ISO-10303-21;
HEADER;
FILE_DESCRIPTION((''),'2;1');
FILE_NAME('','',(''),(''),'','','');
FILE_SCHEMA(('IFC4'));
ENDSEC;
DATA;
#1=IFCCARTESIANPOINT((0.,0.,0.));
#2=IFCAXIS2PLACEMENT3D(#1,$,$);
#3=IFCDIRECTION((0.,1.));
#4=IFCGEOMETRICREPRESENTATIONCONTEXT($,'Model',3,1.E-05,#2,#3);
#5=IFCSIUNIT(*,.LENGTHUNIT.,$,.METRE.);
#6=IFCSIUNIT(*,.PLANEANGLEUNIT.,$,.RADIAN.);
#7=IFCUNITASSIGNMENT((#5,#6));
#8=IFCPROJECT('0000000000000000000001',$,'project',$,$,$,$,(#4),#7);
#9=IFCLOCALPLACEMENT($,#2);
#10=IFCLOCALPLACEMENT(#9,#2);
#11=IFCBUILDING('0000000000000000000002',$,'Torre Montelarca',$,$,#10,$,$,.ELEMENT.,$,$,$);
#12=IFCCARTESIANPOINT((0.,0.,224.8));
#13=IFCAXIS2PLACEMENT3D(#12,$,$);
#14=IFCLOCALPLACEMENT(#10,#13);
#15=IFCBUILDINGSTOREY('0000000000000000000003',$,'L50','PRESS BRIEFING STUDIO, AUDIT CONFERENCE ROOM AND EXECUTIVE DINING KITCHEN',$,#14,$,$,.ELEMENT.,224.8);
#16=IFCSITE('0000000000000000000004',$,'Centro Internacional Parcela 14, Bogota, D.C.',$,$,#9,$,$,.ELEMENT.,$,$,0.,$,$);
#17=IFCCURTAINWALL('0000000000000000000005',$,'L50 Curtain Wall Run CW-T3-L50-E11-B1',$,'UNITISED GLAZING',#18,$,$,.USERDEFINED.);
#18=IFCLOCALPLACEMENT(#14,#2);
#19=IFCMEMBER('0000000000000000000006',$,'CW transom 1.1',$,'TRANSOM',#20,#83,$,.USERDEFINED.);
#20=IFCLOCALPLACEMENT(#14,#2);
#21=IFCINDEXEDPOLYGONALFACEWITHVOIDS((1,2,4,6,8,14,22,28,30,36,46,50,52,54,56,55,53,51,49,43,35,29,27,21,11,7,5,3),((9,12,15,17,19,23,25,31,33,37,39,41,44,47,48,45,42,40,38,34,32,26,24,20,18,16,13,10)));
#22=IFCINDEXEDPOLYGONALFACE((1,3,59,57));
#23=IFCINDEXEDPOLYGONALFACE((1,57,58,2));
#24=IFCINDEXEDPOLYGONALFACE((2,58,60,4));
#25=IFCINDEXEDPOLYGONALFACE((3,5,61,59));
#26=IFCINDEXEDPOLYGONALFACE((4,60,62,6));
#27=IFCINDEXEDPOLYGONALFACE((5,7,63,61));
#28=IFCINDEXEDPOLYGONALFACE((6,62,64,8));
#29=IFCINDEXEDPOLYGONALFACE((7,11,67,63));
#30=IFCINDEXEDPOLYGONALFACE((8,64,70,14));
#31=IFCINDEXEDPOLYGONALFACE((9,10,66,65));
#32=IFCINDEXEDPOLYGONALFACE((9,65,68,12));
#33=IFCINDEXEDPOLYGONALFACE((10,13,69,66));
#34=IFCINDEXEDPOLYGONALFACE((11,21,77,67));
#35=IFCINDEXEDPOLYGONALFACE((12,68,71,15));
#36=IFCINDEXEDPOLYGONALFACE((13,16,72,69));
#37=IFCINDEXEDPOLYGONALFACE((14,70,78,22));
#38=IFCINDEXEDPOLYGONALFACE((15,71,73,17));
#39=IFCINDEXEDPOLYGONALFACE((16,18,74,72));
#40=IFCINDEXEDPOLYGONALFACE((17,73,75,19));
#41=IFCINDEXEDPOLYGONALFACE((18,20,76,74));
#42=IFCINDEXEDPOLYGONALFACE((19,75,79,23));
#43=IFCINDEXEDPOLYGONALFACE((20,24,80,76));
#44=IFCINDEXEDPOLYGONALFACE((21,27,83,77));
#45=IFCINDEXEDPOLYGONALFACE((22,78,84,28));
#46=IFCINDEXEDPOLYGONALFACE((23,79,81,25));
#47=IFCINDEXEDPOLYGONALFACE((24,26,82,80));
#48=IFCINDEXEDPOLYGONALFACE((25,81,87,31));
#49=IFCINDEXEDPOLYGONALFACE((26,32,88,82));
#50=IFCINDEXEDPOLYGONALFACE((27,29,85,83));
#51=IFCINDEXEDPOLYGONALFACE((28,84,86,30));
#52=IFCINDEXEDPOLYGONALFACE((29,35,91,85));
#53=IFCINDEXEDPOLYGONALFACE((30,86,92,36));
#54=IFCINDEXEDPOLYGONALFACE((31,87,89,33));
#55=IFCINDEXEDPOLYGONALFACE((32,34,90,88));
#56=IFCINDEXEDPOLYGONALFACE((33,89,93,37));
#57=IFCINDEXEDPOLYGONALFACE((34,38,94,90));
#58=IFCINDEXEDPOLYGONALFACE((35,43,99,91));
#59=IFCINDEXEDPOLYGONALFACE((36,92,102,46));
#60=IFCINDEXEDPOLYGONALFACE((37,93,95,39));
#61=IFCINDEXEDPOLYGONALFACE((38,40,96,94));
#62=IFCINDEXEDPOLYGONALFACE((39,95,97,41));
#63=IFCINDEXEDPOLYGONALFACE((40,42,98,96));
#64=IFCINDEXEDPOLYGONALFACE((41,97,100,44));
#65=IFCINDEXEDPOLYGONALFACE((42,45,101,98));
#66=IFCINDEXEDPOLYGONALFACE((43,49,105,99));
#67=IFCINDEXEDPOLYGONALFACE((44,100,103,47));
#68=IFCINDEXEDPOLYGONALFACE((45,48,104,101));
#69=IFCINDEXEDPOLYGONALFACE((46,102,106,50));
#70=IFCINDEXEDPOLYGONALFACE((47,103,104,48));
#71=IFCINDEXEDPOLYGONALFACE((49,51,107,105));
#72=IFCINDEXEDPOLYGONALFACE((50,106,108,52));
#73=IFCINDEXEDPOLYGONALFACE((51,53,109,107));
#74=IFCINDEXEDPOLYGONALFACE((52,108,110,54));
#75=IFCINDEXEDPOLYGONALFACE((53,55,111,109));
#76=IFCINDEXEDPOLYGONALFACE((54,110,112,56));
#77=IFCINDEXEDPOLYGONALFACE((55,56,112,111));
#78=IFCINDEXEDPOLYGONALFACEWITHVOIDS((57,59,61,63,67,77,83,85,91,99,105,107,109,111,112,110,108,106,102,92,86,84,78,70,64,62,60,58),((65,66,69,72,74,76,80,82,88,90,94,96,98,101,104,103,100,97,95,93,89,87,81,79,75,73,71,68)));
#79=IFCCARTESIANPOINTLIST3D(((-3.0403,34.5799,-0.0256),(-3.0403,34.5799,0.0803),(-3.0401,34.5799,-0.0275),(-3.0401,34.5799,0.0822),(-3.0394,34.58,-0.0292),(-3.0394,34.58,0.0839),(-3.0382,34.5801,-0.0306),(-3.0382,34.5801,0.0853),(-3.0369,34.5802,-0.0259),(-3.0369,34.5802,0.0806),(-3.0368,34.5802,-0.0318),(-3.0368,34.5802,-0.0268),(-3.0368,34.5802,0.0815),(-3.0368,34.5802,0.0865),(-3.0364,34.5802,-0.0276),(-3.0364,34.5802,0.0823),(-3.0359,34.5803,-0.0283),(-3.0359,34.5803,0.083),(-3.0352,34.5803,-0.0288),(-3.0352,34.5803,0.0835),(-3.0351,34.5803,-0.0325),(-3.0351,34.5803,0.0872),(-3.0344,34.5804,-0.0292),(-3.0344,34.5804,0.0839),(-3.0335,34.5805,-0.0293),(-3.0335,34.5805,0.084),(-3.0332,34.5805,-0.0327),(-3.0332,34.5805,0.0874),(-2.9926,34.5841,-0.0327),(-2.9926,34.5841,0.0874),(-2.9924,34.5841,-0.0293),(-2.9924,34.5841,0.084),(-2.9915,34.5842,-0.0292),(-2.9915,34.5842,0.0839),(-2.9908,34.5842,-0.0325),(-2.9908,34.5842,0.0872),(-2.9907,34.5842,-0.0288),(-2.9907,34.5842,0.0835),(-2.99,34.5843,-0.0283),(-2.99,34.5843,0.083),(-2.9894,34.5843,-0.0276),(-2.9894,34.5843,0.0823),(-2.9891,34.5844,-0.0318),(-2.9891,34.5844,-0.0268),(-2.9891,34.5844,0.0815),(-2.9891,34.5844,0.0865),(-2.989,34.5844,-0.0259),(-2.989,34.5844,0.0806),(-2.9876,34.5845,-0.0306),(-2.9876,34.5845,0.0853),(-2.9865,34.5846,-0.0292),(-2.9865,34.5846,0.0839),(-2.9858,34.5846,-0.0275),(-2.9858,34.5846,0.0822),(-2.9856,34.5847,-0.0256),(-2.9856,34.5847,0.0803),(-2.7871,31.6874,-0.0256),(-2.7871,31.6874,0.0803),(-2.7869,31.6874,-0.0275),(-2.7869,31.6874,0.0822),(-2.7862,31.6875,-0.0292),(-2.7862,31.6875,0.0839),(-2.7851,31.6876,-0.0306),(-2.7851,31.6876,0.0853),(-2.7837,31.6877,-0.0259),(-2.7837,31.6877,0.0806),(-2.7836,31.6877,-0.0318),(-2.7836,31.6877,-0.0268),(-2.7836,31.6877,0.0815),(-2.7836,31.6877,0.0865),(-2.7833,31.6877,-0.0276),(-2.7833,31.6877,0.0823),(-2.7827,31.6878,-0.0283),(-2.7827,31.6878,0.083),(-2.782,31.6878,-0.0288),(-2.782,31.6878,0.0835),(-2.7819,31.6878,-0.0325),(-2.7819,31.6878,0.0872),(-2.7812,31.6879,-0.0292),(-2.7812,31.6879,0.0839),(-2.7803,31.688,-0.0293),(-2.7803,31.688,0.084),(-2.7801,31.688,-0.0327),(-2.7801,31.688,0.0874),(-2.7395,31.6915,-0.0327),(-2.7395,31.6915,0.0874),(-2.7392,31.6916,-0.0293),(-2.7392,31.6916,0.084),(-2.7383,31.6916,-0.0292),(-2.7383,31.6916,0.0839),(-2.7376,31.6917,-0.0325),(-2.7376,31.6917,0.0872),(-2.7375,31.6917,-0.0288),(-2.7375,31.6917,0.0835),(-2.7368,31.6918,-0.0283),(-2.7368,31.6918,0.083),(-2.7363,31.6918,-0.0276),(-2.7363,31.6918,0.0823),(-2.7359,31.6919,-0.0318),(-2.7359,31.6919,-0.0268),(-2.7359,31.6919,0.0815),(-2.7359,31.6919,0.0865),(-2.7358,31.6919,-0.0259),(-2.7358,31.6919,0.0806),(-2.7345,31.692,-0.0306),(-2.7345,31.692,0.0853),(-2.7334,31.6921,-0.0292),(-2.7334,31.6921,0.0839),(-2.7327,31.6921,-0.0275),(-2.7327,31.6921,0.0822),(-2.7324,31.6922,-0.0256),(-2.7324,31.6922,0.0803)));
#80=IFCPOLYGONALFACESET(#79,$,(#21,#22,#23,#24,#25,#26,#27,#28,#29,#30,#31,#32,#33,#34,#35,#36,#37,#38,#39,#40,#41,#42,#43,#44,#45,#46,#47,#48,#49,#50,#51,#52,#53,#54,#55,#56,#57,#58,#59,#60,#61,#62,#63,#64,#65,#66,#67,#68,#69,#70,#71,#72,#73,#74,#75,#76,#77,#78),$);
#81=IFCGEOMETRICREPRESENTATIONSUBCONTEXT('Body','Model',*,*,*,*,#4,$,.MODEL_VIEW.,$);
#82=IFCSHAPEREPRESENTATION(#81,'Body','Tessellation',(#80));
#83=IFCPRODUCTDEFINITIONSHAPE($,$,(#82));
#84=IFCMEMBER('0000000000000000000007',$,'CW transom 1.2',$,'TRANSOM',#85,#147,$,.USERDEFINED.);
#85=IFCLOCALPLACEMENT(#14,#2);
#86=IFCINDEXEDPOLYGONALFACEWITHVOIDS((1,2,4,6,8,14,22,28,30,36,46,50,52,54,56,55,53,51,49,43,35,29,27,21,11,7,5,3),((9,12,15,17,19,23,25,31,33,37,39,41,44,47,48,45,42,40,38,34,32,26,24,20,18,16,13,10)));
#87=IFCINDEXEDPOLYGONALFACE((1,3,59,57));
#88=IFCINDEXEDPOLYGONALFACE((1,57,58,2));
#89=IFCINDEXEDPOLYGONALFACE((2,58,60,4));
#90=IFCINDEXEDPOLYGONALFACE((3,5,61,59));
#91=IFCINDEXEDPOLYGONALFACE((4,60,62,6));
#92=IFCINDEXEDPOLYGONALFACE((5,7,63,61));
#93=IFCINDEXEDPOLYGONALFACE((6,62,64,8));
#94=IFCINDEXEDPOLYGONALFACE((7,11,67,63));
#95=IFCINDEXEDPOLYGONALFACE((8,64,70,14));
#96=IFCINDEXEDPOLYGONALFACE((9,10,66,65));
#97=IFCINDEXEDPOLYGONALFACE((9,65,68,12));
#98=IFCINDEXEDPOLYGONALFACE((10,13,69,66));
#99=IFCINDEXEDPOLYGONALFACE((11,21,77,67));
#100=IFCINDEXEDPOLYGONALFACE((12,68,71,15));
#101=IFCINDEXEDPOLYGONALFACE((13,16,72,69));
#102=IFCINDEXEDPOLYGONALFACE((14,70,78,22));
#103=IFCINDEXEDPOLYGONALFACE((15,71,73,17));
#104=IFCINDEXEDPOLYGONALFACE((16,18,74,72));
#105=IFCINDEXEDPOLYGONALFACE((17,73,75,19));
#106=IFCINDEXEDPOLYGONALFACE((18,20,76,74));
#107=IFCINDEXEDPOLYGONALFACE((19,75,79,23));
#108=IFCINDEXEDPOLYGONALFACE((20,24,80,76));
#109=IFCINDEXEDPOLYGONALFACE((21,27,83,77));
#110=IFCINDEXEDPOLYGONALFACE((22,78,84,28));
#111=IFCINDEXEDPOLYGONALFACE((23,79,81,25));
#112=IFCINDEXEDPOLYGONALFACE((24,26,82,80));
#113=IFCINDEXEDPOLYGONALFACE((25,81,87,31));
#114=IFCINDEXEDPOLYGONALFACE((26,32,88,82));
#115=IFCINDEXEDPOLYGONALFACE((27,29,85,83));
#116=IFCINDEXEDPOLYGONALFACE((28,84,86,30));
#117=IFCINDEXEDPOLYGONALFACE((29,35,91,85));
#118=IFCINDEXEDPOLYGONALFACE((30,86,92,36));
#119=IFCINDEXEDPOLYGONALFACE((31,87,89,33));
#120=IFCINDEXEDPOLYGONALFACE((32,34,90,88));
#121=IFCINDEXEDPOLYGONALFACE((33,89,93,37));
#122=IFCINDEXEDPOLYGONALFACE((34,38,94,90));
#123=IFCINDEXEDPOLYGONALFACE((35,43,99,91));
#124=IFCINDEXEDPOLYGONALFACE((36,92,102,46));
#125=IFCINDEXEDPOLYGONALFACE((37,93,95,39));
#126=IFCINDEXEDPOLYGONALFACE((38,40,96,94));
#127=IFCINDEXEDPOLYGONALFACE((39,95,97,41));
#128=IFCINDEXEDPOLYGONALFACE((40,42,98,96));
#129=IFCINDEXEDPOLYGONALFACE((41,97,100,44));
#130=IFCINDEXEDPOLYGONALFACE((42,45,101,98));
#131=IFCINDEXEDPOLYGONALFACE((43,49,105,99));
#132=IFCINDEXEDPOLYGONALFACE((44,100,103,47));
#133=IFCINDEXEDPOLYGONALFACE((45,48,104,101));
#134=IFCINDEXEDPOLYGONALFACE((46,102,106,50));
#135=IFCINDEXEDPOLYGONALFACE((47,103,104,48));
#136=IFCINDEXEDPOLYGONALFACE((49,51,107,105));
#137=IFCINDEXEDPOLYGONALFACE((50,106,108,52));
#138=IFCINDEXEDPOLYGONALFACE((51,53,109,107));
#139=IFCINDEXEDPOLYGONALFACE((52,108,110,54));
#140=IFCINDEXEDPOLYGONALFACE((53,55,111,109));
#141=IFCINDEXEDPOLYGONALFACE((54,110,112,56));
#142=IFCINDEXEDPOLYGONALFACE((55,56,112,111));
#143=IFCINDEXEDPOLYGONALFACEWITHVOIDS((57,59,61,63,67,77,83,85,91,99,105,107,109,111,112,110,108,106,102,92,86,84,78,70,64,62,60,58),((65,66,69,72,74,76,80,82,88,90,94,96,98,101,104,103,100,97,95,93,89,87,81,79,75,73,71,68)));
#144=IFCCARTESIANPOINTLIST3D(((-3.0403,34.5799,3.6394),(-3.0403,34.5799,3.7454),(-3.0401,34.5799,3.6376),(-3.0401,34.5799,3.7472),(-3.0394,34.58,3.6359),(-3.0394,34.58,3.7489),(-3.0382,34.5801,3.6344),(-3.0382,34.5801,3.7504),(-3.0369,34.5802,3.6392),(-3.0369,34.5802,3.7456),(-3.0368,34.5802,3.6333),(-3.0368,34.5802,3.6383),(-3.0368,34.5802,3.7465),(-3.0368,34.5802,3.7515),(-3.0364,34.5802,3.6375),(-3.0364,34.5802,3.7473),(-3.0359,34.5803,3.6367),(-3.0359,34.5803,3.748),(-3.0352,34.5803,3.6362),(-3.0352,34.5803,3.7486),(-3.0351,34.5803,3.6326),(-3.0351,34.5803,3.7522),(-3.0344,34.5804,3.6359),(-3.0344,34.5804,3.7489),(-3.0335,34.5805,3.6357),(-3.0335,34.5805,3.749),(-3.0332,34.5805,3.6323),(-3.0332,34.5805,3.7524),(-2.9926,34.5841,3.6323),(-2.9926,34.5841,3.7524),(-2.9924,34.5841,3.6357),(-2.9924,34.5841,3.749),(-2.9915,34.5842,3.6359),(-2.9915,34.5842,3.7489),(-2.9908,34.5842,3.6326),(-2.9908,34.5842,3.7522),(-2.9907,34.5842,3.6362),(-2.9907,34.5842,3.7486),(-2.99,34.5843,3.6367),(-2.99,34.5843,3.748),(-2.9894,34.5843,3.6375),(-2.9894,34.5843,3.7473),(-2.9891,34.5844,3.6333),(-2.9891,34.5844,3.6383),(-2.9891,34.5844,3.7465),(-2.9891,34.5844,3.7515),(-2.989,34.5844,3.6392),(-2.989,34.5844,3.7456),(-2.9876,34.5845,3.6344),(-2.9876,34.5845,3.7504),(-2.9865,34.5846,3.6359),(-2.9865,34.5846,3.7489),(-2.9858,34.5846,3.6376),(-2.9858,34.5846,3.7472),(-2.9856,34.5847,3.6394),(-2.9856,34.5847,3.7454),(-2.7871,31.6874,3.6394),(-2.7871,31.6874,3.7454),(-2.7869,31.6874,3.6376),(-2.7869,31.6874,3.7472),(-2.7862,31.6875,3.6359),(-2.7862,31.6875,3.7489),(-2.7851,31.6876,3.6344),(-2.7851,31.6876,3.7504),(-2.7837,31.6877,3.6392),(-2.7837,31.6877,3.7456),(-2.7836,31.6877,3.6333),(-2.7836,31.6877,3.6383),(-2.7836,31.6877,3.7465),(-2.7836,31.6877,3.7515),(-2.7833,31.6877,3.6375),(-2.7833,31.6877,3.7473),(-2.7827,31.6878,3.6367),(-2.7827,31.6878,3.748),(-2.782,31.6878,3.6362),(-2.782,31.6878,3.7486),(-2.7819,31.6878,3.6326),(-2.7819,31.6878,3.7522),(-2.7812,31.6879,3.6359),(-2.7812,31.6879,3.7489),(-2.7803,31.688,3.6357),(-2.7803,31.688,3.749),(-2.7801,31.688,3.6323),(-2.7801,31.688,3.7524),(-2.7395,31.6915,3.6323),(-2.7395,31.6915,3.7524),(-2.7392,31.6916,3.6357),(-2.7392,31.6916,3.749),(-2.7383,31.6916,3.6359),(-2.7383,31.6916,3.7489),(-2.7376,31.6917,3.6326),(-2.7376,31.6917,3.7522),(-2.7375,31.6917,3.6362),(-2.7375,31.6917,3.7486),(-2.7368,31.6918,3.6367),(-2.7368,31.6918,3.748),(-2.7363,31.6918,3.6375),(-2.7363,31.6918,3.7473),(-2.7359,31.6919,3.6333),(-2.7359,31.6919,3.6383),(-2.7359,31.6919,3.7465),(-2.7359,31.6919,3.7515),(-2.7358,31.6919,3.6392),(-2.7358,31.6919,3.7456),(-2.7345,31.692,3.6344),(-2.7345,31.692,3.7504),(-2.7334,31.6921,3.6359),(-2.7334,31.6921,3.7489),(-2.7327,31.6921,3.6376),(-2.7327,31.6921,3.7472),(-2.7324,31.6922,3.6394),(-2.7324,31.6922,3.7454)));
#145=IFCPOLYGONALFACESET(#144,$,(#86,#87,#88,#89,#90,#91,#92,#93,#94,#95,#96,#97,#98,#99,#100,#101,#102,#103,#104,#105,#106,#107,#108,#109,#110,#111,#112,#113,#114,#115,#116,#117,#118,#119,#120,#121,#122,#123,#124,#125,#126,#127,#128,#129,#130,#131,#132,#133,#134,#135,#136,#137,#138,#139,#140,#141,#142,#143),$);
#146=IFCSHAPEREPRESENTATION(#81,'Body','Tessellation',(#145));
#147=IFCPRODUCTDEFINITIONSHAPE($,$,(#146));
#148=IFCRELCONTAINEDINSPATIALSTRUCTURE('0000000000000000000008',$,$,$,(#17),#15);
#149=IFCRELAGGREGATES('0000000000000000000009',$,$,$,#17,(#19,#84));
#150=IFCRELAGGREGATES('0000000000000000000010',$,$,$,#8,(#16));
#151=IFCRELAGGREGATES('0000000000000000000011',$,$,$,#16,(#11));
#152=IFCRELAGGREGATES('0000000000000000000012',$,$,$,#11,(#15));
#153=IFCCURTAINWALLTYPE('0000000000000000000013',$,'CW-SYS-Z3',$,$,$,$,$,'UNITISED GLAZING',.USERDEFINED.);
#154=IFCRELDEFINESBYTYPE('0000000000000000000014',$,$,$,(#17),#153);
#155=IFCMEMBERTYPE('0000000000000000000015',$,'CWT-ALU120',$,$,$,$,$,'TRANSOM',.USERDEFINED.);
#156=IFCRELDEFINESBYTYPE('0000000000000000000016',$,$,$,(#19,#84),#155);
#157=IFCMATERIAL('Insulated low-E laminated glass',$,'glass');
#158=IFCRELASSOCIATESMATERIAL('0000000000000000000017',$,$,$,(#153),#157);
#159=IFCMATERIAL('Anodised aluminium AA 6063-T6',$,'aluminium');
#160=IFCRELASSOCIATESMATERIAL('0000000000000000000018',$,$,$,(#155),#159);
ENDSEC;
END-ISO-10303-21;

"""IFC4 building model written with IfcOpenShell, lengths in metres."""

from ifc_helpers import new_model, si_unit, direction, frame, origin, origin_2d, place, context, subcontext, project, spatial, hollow_rectangle, extrude, source, transform, mapped, material, material_profile, profile_set, type_object, element, aggregate, save


model = new_model("IFC4")

# Units and contexts
model_context = context("Model", 3, precision=1e-05, world=origin(), true_north=direction((0.0, 1.0)))
body_context = subcontext(model_context, "Body", "Model", "MODEL_VIEW")
ifc_project = project(units=[si_unit("LENGTHUNIT", "METRE"), si_unit("PLANEANGLEUNIT", "RADIAN")], contexts=[model_context])

# Site, building, storey
site_placement = place(None, origin())
site = spatial("IfcSite", under=ifc_project, at=site_placement, Name="Centro Internacional Parcela 14, Bogota, D.C.", CompositionType="ELEMENT", RefElevation=0.0)
building_placement = place(site_placement, origin())
building = spatial("IfcBuilding", under=site, at=building_placement, Name="Torre Montelarca", CompositionType="ELEMENT")
storey_placement = place(building_placement, frame((0.0, 0.0, 224.8)))
storey = spatial("IfcBuildingStorey", under=building, at=storey_placement, Name="L50", Description="PRESS BRIEFING STUDIO, AUDIT CONFERENCE ROOM AND EXECUTIVE DINING KITCHEN", CompositionType="ELEMENT", Elevation=224.8)

# Curtain wall, members
ifc_material_1 = material(Name="Insulated low-E laminated glass", Category="glass")
curtain_wall_type = type_object("IfcCurtainWallType", Name="CW-SYS-Z3", ElementType="UNITISED GLAZING", PredefinedType="USERDEFINED", material=ifc_material_1)
curtain_wall_1_placement = place(storey_placement, origin())
curtain_wall_1 = element("IfcCurtainWall", 1, at=curtain_wall_1_placement, inside=storey, type_object=curtain_wall_type, Name="L50 Curtain Wall Run CW-T3-L50-E11-B1", ObjectType="UNITISED GLAZING", PredefinedType="USERDEFINED")
ifc_material_2 = material(Name="Anodised aluminium AA 6063-T6", Category="aluminium")
ifc_material_profile_1 = material_profile(ifc_material_2, hollow_rectangle(XDim=0.0549, YDim=0.1201, WallThickness=0.0034, InnerFilletRadius=0.0034, OuterFilletRadius=0.0071, at=origin_2d()), Name="ALU55X120X3.5", Category="aluminium")
ifc_profile_set_1 = profile_set([ifc_material_profile_1], Name="Anodised aluminium AA 6063-T6")
member_type_1 = type_object("IfcMemberType", Name="CWT-ALU120", ElementType="TRANSOM", PredefinedType="USERDEFINED", material=ifc_profile_set_1)
shared_shape_1 = source(origin(), body_context, "Body", "SweptSolid", [
    extrude(hollow_rectangle(XDim=0.0549, YDim=0.1201, WallThickness=0.0034, InnerFilletRadius=0.0034, OuterFilletRadius=0.0071, at=origin_2d()), origin(), (0.0, 0.0, 1.0), 2.9036),
])
member_1_placement = place(storey_placement, frame((-3.0129, 34.5823, 0.0273), z_axis=(0.087192, -0.996192, 0.0), x_axis=(0.996192, 0.087192, 0.0)))
member_1 = element("IfcMember", 2, at=member_1_placement, type_object=member_type_1, Name="CW transom 1.1", ObjectType="TRANSOM", PredefinedType="USERDEFINED", context=body_context, shape_type="MappedRepresentation", body=[
    mapped(shared_shape_1, transform((0.0, 0.0, 0.0), scale=1.0)),
])
member_2_placement = place(storey_placement, frame((-3.0129, 34.5823, 3.6924), z_axis=(0.087192, -0.996192, 0.0), x_axis=(0.996192, 0.087192, 0.0)))
member_2 = element("IfcMember", 3, at=member_2_placement, type_object=member_type_1, Name="CW transom 1.2", ObjectType="TRANSOM", PredefinedType="USERDEFINED", context=body_context, shape_type="MappedRepresentation", body=[
    mapped(shared_shape_1, transform((0.0, 0.0, 0.0), scale=1.0)),
])

aggregate(curtain_wall_1, [member_1, member_2])

save(model, "model.ifc")
